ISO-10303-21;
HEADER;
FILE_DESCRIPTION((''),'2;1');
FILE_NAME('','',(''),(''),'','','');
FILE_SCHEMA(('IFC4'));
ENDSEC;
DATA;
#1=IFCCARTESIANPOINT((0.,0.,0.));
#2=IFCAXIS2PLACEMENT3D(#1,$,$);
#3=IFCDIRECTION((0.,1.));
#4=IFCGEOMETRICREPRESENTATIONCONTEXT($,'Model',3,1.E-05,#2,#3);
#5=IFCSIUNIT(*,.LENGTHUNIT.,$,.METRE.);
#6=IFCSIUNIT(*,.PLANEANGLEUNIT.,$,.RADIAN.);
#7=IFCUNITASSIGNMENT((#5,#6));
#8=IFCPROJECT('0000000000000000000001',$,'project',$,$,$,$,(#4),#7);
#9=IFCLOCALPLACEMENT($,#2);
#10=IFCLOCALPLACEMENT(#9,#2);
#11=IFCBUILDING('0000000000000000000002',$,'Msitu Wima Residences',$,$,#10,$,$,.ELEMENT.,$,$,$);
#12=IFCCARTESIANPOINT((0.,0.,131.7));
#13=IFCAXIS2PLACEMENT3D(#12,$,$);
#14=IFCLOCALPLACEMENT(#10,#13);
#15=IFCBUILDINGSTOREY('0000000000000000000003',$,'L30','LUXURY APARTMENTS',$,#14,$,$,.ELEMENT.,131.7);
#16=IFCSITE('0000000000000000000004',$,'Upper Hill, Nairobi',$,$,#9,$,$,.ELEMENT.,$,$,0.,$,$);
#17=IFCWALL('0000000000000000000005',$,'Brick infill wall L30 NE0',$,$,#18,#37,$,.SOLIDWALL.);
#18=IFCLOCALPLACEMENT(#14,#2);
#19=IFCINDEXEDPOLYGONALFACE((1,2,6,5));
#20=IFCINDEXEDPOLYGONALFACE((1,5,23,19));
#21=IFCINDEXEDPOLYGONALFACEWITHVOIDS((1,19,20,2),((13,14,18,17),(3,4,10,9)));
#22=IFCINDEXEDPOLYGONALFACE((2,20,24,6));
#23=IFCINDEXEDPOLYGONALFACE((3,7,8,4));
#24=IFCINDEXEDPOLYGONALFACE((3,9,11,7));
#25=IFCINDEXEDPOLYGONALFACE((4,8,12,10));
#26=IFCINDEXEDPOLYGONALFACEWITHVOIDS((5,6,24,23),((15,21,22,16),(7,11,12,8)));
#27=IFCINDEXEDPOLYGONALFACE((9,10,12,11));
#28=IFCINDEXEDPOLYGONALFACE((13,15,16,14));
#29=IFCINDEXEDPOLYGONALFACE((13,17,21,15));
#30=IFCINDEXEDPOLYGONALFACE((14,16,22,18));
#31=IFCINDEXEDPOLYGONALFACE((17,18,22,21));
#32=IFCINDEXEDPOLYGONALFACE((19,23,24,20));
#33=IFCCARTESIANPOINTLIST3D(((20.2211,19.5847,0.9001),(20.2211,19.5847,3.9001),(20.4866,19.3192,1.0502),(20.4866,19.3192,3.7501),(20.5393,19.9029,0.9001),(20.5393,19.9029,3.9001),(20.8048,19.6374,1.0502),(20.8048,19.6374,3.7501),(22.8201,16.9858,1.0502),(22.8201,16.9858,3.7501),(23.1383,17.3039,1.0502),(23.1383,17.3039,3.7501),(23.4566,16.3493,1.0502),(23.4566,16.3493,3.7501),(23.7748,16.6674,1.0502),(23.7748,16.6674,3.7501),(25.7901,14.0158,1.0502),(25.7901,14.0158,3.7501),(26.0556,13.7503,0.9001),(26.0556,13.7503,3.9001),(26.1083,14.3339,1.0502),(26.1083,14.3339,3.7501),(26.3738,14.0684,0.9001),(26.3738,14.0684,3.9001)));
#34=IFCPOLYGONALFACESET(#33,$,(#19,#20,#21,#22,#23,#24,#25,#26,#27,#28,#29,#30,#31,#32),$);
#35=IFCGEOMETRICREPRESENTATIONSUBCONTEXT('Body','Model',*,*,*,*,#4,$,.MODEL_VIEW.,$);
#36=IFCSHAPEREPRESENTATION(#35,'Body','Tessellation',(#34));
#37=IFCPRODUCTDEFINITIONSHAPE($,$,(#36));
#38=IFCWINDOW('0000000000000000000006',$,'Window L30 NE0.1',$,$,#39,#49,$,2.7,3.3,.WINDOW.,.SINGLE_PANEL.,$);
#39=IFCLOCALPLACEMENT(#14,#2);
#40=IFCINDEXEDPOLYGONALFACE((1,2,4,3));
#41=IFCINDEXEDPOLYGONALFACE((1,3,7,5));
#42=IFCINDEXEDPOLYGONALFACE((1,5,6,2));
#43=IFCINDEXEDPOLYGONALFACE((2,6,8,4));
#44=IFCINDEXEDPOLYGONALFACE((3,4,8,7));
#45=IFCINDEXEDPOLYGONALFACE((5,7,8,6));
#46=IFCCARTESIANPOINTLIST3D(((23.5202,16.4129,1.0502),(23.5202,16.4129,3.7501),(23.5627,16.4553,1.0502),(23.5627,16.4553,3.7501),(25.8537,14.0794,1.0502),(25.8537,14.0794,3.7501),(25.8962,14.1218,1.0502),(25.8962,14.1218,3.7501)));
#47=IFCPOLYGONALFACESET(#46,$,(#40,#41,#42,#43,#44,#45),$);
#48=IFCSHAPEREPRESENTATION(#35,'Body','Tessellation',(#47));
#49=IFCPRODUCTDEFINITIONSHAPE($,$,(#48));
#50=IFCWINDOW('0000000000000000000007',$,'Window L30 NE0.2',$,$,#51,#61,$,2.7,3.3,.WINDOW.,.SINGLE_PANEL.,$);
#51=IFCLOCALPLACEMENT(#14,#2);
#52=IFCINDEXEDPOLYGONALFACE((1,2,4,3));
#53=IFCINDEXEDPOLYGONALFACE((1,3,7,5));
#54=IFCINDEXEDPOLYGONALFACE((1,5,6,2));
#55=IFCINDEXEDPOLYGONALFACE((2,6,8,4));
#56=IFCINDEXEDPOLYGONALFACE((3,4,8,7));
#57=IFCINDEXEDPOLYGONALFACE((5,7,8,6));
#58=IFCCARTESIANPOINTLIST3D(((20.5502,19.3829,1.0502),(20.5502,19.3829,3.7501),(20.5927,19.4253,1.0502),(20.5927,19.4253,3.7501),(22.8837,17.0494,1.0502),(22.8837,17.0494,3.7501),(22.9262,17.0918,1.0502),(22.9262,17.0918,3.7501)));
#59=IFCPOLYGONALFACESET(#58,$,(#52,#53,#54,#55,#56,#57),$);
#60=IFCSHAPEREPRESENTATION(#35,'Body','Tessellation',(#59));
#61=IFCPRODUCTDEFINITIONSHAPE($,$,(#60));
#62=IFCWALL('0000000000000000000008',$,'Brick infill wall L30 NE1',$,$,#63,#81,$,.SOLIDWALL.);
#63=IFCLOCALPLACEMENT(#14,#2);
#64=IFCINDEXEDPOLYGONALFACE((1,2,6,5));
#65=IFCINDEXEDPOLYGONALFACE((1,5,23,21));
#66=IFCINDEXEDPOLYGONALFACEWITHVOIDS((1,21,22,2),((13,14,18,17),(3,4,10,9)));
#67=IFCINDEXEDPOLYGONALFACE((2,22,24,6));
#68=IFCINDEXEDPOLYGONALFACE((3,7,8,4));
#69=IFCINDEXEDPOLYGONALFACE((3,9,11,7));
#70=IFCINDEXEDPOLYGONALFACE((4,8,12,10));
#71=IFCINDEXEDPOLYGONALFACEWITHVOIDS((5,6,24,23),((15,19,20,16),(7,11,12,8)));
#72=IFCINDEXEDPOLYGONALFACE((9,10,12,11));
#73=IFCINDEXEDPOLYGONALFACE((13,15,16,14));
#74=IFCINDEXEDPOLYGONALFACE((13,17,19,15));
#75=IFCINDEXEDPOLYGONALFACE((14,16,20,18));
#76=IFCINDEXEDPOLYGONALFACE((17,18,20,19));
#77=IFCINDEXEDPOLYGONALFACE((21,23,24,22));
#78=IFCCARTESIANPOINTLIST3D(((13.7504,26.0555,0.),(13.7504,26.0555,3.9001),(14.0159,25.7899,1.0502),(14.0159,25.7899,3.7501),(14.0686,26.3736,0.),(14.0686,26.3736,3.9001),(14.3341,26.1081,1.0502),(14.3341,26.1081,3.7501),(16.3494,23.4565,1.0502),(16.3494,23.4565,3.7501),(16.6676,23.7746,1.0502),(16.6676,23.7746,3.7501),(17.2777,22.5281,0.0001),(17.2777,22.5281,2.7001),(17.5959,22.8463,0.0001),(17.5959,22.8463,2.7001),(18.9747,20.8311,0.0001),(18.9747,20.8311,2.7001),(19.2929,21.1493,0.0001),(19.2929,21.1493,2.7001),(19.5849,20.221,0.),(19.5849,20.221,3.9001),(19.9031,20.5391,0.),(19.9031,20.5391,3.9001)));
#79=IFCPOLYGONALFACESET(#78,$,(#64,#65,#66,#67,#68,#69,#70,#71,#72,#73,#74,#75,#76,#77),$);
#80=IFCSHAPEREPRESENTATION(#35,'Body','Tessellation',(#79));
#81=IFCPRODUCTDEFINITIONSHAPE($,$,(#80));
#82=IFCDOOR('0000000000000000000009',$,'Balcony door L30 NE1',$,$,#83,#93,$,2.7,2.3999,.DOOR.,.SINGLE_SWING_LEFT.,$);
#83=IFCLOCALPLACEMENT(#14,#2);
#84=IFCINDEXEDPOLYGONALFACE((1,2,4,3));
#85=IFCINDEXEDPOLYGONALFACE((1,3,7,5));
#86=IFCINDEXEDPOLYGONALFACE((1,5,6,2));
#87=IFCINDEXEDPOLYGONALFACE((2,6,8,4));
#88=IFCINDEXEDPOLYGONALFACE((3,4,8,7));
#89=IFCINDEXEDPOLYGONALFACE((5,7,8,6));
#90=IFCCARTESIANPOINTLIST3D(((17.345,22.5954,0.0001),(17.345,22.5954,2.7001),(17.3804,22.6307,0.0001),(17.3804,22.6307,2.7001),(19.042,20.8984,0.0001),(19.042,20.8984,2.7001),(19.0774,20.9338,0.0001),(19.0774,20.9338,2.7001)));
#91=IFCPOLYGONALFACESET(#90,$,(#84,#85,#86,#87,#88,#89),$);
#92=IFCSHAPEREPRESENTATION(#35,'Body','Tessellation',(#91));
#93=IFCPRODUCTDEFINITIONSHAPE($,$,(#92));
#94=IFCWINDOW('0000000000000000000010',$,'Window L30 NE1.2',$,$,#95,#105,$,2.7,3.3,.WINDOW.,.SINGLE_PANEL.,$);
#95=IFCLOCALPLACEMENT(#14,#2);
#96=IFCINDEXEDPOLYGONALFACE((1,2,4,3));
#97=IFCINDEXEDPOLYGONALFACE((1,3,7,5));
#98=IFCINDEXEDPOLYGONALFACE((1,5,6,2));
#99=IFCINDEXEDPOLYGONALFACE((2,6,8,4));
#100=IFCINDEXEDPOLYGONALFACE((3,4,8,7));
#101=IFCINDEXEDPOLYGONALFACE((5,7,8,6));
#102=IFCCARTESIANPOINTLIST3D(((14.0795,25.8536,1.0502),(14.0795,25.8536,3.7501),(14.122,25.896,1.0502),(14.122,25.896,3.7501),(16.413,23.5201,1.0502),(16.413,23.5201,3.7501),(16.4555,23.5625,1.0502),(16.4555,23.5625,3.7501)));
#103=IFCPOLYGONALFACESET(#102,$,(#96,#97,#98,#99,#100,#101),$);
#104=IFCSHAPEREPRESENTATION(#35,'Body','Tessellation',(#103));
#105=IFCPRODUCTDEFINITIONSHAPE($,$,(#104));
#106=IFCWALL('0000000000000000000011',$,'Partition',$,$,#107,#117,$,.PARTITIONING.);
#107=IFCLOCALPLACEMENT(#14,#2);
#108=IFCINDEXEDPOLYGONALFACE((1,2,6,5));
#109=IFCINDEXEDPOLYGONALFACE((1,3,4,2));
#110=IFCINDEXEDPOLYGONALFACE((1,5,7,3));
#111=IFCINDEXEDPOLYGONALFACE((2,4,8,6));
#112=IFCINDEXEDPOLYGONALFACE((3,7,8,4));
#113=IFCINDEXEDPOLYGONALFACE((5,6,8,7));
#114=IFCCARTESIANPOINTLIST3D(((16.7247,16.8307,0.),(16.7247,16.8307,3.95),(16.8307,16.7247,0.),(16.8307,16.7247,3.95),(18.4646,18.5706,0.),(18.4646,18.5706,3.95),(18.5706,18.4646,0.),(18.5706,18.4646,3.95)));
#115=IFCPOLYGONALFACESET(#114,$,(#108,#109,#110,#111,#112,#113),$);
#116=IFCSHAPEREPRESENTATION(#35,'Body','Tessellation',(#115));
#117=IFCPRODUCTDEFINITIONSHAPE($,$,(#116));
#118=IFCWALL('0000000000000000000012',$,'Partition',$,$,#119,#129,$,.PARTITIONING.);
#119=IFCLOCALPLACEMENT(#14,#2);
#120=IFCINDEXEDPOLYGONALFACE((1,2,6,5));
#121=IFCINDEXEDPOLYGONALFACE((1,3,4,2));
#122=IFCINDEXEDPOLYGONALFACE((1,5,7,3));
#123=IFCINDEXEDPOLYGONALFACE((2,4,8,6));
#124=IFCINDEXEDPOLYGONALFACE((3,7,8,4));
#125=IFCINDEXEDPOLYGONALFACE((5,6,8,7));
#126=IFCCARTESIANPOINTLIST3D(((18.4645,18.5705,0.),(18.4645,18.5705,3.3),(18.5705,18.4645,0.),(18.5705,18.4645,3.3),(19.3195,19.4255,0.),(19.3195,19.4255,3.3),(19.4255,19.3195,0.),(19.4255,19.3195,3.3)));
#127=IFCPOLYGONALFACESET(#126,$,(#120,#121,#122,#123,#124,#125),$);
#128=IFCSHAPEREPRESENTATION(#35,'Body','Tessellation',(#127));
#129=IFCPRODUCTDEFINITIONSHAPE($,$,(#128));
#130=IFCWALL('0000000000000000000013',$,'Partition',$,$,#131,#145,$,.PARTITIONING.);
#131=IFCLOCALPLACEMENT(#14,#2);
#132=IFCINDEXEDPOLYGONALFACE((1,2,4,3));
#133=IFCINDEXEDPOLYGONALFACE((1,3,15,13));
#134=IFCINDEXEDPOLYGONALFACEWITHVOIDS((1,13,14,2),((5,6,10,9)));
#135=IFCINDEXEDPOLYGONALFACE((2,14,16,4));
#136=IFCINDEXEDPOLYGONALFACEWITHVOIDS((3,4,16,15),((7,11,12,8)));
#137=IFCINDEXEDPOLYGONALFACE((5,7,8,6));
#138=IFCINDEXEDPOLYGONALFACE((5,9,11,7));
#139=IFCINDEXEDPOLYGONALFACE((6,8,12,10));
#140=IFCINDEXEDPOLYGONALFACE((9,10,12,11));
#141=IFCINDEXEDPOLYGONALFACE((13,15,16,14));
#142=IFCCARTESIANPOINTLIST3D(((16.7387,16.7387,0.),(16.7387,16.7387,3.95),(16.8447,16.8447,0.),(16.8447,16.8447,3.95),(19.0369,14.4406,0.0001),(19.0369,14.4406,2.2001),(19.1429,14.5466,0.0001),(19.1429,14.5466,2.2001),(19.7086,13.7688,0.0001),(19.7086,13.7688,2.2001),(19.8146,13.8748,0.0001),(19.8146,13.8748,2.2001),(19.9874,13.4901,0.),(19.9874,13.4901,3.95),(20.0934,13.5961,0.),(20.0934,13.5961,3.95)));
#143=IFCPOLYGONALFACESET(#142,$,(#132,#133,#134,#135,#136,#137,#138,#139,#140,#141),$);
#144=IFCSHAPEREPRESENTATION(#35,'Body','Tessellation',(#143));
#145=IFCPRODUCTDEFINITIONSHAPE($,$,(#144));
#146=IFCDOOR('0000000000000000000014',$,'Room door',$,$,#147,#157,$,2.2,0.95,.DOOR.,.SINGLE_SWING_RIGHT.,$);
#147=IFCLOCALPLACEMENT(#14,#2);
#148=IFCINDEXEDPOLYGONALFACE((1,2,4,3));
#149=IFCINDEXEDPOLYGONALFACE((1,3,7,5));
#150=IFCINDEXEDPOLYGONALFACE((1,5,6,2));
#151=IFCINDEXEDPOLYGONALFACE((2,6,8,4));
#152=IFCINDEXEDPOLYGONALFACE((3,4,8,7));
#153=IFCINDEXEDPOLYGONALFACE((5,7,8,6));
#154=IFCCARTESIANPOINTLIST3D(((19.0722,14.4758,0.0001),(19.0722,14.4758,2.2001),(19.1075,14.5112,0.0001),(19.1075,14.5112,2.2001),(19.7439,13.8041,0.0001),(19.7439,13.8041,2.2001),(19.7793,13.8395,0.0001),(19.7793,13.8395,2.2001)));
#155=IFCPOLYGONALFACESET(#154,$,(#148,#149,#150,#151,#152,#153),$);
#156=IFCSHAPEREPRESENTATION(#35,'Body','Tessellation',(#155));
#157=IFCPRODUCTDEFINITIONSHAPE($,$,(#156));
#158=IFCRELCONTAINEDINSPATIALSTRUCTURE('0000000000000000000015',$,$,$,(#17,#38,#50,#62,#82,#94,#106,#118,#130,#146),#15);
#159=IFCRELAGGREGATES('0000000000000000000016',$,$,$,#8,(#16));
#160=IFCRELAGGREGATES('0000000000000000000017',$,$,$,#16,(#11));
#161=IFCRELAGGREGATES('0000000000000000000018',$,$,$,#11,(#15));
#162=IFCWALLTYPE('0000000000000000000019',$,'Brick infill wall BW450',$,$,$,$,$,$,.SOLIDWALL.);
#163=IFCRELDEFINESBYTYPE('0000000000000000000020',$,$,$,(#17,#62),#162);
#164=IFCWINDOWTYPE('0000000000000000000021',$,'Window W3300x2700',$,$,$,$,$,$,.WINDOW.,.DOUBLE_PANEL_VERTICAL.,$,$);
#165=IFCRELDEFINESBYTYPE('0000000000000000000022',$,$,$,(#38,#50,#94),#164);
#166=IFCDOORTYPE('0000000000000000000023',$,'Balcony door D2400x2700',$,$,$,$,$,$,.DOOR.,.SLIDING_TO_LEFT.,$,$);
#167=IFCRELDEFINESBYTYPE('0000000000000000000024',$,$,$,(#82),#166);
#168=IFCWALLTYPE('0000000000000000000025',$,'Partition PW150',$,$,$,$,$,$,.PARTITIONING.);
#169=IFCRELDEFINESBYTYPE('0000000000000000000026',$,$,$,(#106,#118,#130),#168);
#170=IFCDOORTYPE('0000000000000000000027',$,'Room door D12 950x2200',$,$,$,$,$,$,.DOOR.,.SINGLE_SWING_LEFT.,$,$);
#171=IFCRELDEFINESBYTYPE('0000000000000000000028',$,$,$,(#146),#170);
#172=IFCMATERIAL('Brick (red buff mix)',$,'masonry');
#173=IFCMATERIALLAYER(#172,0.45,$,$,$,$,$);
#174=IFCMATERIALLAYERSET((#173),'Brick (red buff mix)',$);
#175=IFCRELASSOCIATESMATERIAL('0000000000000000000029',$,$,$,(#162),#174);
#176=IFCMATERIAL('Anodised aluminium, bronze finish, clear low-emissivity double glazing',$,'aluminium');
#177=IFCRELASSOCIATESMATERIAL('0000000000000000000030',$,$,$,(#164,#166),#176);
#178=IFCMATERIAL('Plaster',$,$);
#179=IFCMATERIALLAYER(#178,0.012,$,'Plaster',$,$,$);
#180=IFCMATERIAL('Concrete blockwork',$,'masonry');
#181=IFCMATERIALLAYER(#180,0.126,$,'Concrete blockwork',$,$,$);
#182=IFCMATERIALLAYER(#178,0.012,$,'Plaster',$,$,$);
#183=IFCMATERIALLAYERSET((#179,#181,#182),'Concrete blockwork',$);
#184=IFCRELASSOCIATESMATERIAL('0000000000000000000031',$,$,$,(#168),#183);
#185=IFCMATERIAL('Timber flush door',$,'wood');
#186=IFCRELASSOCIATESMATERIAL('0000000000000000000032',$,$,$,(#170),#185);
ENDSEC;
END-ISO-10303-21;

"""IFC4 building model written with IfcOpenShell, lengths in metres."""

from ifc_helpers import new_model, si_unit, direction, frame, frame_2d, origin, place, context, subcontext, project, spatial, rectangle, extrude, material, layer, layer_set, type_object, element, fill, save


model = new_model("IFC4")

# Units and contexts
model_context = context("Model", 3, precision=1e-05, world=origin(), true_north=direction((0.0, 1.0)))
body_context = subcontext(model_context, "Body", "Model", "MODEL_VIEW")
ifc_project = project(units=[si_unit("LENGTHUNIT", "METRE"), si_unit("PLANEANGLEUNIT", "RADIAN")], contexts=[model_context])

# Site, building, storey
site_placement = place(None, origin())
site = spatial("IfcSite", under=ifc_project, at=site_placement, Name="Upper Hill, Nairobi", CompositionType="ELEMENT", RefElevation=0.0)
building_placement = place(site_placement, origin())
building = spatial("IfcBuilding", under=site, at=building_placement, Name="Msitu Wima Residences", CompositionType="ELEMENT")
storey_placement = place(building_placement, frame((0.0, 0.0, 131.7)))
storey = spatial("IfcBuildingStorey", under=building, at=storey_placement, Name="L30", Description="LUXURY APARTMENTS", CompositionType="ELEMENT", Elevation=131.7)

# Wall, openings, windows
ifc_material_1 = material(Name="Brick (red buff mix)", Category="masonry")
ifc_layer_1 = layer(ifc_material_1, 0.45)
ifc_layer_set_1 = layer_set([ifc_layer_1], Name="Brick (red buff mix)")
wall_type_1 = type_object("IfcWallType", Name="Brick infill wall BW450", PredefinedType="SOLIDWALL", material=ifc_layer_set_1)
wall_1_placement = place(storey_placement, frame((26.2146, 13.9094, 0.9001), z_axis=(0.0, 0.0, 1.0), x_axis=(-0.707107, 0.707107, 0.0)))
wall_1 = element("IfcWall", 1, at=wall_1_placement, inside=storey, type_object=wall_type_1, Name="Brick infill wall L30 NE0", PredefinedType="SOLIDWALL", context=body_context, shape_type="SweptSolid", body=[
    extrude(rectangle(XDim=8.2512, YDim=0.45, at=frame_2d((4.1255, 0.0))), origin(), (0.0, 0.0, 1.0), 3.0),
])
opening_1_placement = place(wall_1_placement, frame((0.3755, 0.0, 0.1499)))
opening_1 = element("IfcOpeningElement", 2, at=opening_1_placement, cuts=wall_1, PredefinedType="OPENING", context=body_context, shape_type="SweptSolid", body=[
    extrude(rectangle(XDim=3.3, YDim=2.7, at=frame_2d((1.6499, 1.3501))), frame((0.0, 0.2349, 0.0), z_axis=(0.0, -1.0, 0.0), x_axis=(1.0, 0.0, 0.0)), (0.0, 0.0, 1.0), 0.47),
])
opening_2_placement = place(wall_1_placement, frame((4.5757, 0.0, 0.1499)))
opening_2 = element("IfcOpeningElement", 3, at=opening_2_placement, cuts=wall_1, PredefinedType="OPENING", context=body_context, shape_type="SweptSolid", body=[
    extrude(rectangle(XDim=3.3, YDim=2.7, at=frame_2d((1.6499, 1.3501))), frame((0.0, 0.2349, 0.0), z_axis=(0.0, -1.0, 0.0), x_axis=(1.0, 0.0, 0.0)), (0.0, 0.0, 1.0), 0.47),
])
ifc_material_2 = material(Name="Anodised aluminium, bronze finish, clear low-emissivity double glazing", Category="aluminium")
window_type = type_object("IfcWindowType", Name="Window W3300x2700", PartitioningType="DOUBLE_PANEL_VERTICAL", PredefinedType="WINDOW", material=ifc_material_2)
window_1_placement = place(opening_1_placement, origin())
window_1 = element("IfcWindow", 4, at=window_1_placement, inside=storey, type_object=window_type, Name="Window L30 NE0.1", OverallHeight=2.7, OverallWidth=3.3, PartitioningType="SINGLE_PANEL", PredefinedType="WINDOW", context=body_context, shape_type="SweptSolid", body=[
    extrude(rectangle(XDim=3.3, YDim=2.7, at=frame_2d((1.6499, 1.3501))), frame((0.0, 0.135, 0.0), z_axis=(0.0, -1.0, 0.0), x_axis=(1.0, 0.0, 0.0)), (0.0, 0.0, 1.0), 0.0601),
])
fill(opening_1, window_1)
window_2_placement = place(opening_2_placement, origin())
window_2 = element("IfcWindow", 5, at=window_2_placement, inside=storey, type_object=window_type, Name="Window L30 NE0.2", OverallHeight=2.7, OverallWidth=3.3, PartitioningType="SINGLE_PANEL", PredefinedType="WINDOW", context=body_context, shape_type="SweptSolid", body=[
    extrude(rectangle(XDim=3.3, YDim=2.7, at=frame_2d((1.6499, 1.3501))), frame((0.0, 0.135, 0.0), z_axis=(0.0, -1.0, 0.0), x_axis=(1.0, 0.0, 0.0)), (0.0, 0.0, 1.0), 0.0601),
])
fill(opening_2, window_2)

# Wall, openings, door, window
wall_2_placement = place(storey_placement, frame((19.7439, 20.3801, 0.0), z_axis=(0.0, 0.0, 1.0), x_axis=(-0.707107, 0.707107, 0.0)))
wall_2 = element("IfcWall", 6, at=wall_2_placement, inside=storey, type_object=wall_type_1, Name="Brick infill wall L30 NE1", PredefinedType="SOLIDWALL", context=body_context, shape_type="SweptSolid", body=[
    extrude(rectangle(XDim=8.2512, YDim=0.45, at=frame_2d((4.1255, 0.0))), origin(), (0.0, 0.0, 1.0), 3.9001),
])
opening_3_placement = place(wall_2_placement, frame((0.8628, 0.0, 0.0)))
opening_3 = element("IfcOpeningElement", 7, at=opening_3_placement, cuts=wall_2, PredefinedType="OPENING", context=body_context, shape_type="SweptSolid", body=[
    extrude(rectangle(XDim=2.3999, YDim=2.7, at=frame_2d((1.2, 1.3501))), frame((0.0, 0.2349, 0.0), z_axis=(0.0, -1.0, 0.0), x_axis=(1.0, 0.0, 0.0)), (0.0, 0.0, 1.0), 0.47),
])
opening_4_placement = place(wall_2_placement, frame((4.5757, 0.0, 1.05)))
opening_4 = element("IfcOpeningElement", 8, at=opening_4_placement, cuts=wall_2, PredefinedType="OPENING", context=body_context, shape_type="SweptSolid", body=[
    extrude(rectangle(XDim=3.3, YDim=2.7, at=frame_2d((1.6499, 1.3501))), frame((0.0, 0.2349, 0.0), z_axis=(0.0, -1.0, 0.0), x_axis=(1.0, 0.0, 0.0)), (0.0, 0.0, 1.0), 0.47),
])
door_type_1 = type_object("IfcDoorType", Name="Balcony door D2400x2700", OperationType="SLIDING_TO_LEFT", PredefinedType="DOOR", material=ifc_material_2)
door_1_placement = place(opening_3_placement, origin())
door_1 = element("IfcDoor", 9, at=door_1_placement, inside=storey, type_object=door_type_1, Name="Balcony door L30 NE1", OperationType="SINGLE_SWING_LEFT", OverallHeight=2.7, OverallWidth=2.3999, PredefinedType="DOOR", context=body_context, shape_type="SweptSolid", body=[
    extrude(rectangle(XDim=2.3999, YDim=2.7, at=frame_2d((1.2, 1.3501))), frame((0.0, 0.1299, 0.0), z_axis=(0.0, -1.0, 0.0), x_axis=(1.0, 0.0, 0.0)), (0.0, 0.0, 1.0), 0.05),
])
fill(opening_3, door_1)
window_3_placement = place(opening_4_placement, origin())
window_3 = element("IfcWindow", 10, at=window_3_placement, inside=storey, type_object=window_type, Name="Window L30 NE1.2", OverallHeight=2.7, OverallWidth=3.3, PartitioningType="SINGLE_PANEL", PredefinedType="WINDOW", context=body_context, shape_type="SweptSolid", body=[
    extrude(rectangle(XDim=3.3, YDim=2.7, at=frame_2d((1.6499, 1.3501))), frame((0.0, 0.135, 0.0), z_axis=(0.0, -1.0, 0.0), x_axis=(1.0, 0.0, 0.0)), (0.0, 0.0, 1.0), 0.0601),
])
fill(opening_4, window_3)

# Walls
ifc_material_3 = material(Name="Plaster")
ifc_layer_2 = layer(ifc_material_3, 0.012, Name="Plaster")
ifc_material_4 = material(Name="Concrete blockwork", Category="masonry")
ifc_layer_3 = layer(ifc_material_4, 0.126, Name="Concrete blockwork")
ifc_layer_4 = layer(ifc_material_3, 0.012, Name="Plaster")
ifc_layer_set_2 = layer_set([ifc_layer_2, ifc_layer_3, ifc_layer_4], Name="Concrete blockwork")
wall_type_2 = type_object("IfcWallType", Name="Partition PW150", PredefinedType="PARTITIONING", material=ifc_layer_set_2)
wall_3_placement = place(storey_placement, frame((16.7776, 16.7776, 0.0), z_axis=(0.0, 0.0, 1.0), x_axis=(0.707107, 0.707107, 0.0)))
element("IfcWall", 11, at=wall_3_placement, inside=storey, type_object=wall_type_2, Name="Partition", PredefinedType="PARTITIONING", context=body_context, shape_type="SweptSolid", body=[
    extrude(rectangle(XDim=2.4607, YDim=0.1499, at=frame_2d((1.2305, 0.0))), origin(), (0.0, 0.0, 1.0), 3.95),
])
wall_4_placement = place(storey_placement, frame((18.5176, 18.5176, 0.0), z_axis=(0.0, 0.0, 1.0), x_axis=(0.707107, 0.707107, 0.0)))
element("IfcWall", 12, at=wall_4_placement, inside=storey, type_object=wall_type_2, Name="Partition", PredefinedType="PARTITIONING", context=body_context, shape_type="SweptSolid", body=[
    extrude(rectangle(XDim=1.2092, YDim=0.1499, at=frame_2d((0.6045, 0.0))), origin(), (0.0, 0.0, 1.0), 3.3),
])

# Wall, opening, door
wall_5_placement = place(storey_placement, frame((16.7917, 16.7917, 0.0), z_axis=(0.0, 0.0, 1.0), x_axis=(0.707107, -0.707107, 0.0)))
wall_5 = element("IfcWall", 13, at=wall_5_placement, inside=storey, type_object=wall_type_2, Name="Partition", PredefinedType="PARTITIONING", context=body_context, shape_type="SweptSolid", body=[
    extrude(rectangle(XDim=4.5942, YDim=0.1499, at=frame_2d((2.2971, 0.0))), origin(), (0.0, 0.0, 1.0), 3.95),
])
opening_5_placement = place(wall_5_placement, frame((3.25, 0.0, 0.0)))
opening_5 = element("IfcOpeningElement", 14, at=opening_5_placement, cuts=wall_5, PredefinedType="OPENING", context=body_context, shape_type="SweptSolid", body=[
    extrude(rectangle(XDim=0.95, YDim=2.2, at=frame_2d((0.4751, 1.1001))), frame((0.0, 0.085, 0.0), z_axis=(0.0, -1.0, 0.0), x_axis=(1.0, 0.0, 0.0)), (0.0, 0.0, 1.0), 0.1699),
])
ifc_material_5 = material(Name="Timber flush door", Category="wood")
door_type_2 = type_object("IfcDoorType", Name="Room door D12 950x2200", OperationType="SINGLE_SWING_LEFT", PredefinedType="DOOR", material=ifc_material_5)
door_2_placement = place(opening_5_placement, origin())
door_2 = element("IfcDoor", 15, at=door_2_placement, inside=storey, type_object=door_type_2, Name="Room door", OperationType="SINGLE_SWING_RIGHT", OverallHeight=2.2, OverallWidth=0.95, PredefinedType="DOOR", context=body_context, shape_type="SweptSolid", body=[
    extrude(rectangle(XDim=0.95, YDim=2.2, at=frame_2d((0.4751, 1.1001))), frame((0.0, 0.0249, 0.0), z_axis=(0.0, -1.0, 0.0), x_axis=(1.0, 0.0, 0.0)), (0.0, 0.0, 1.0), 0.05),
])
fill(opening_5, door_2)

save(model, "model.ifc")
